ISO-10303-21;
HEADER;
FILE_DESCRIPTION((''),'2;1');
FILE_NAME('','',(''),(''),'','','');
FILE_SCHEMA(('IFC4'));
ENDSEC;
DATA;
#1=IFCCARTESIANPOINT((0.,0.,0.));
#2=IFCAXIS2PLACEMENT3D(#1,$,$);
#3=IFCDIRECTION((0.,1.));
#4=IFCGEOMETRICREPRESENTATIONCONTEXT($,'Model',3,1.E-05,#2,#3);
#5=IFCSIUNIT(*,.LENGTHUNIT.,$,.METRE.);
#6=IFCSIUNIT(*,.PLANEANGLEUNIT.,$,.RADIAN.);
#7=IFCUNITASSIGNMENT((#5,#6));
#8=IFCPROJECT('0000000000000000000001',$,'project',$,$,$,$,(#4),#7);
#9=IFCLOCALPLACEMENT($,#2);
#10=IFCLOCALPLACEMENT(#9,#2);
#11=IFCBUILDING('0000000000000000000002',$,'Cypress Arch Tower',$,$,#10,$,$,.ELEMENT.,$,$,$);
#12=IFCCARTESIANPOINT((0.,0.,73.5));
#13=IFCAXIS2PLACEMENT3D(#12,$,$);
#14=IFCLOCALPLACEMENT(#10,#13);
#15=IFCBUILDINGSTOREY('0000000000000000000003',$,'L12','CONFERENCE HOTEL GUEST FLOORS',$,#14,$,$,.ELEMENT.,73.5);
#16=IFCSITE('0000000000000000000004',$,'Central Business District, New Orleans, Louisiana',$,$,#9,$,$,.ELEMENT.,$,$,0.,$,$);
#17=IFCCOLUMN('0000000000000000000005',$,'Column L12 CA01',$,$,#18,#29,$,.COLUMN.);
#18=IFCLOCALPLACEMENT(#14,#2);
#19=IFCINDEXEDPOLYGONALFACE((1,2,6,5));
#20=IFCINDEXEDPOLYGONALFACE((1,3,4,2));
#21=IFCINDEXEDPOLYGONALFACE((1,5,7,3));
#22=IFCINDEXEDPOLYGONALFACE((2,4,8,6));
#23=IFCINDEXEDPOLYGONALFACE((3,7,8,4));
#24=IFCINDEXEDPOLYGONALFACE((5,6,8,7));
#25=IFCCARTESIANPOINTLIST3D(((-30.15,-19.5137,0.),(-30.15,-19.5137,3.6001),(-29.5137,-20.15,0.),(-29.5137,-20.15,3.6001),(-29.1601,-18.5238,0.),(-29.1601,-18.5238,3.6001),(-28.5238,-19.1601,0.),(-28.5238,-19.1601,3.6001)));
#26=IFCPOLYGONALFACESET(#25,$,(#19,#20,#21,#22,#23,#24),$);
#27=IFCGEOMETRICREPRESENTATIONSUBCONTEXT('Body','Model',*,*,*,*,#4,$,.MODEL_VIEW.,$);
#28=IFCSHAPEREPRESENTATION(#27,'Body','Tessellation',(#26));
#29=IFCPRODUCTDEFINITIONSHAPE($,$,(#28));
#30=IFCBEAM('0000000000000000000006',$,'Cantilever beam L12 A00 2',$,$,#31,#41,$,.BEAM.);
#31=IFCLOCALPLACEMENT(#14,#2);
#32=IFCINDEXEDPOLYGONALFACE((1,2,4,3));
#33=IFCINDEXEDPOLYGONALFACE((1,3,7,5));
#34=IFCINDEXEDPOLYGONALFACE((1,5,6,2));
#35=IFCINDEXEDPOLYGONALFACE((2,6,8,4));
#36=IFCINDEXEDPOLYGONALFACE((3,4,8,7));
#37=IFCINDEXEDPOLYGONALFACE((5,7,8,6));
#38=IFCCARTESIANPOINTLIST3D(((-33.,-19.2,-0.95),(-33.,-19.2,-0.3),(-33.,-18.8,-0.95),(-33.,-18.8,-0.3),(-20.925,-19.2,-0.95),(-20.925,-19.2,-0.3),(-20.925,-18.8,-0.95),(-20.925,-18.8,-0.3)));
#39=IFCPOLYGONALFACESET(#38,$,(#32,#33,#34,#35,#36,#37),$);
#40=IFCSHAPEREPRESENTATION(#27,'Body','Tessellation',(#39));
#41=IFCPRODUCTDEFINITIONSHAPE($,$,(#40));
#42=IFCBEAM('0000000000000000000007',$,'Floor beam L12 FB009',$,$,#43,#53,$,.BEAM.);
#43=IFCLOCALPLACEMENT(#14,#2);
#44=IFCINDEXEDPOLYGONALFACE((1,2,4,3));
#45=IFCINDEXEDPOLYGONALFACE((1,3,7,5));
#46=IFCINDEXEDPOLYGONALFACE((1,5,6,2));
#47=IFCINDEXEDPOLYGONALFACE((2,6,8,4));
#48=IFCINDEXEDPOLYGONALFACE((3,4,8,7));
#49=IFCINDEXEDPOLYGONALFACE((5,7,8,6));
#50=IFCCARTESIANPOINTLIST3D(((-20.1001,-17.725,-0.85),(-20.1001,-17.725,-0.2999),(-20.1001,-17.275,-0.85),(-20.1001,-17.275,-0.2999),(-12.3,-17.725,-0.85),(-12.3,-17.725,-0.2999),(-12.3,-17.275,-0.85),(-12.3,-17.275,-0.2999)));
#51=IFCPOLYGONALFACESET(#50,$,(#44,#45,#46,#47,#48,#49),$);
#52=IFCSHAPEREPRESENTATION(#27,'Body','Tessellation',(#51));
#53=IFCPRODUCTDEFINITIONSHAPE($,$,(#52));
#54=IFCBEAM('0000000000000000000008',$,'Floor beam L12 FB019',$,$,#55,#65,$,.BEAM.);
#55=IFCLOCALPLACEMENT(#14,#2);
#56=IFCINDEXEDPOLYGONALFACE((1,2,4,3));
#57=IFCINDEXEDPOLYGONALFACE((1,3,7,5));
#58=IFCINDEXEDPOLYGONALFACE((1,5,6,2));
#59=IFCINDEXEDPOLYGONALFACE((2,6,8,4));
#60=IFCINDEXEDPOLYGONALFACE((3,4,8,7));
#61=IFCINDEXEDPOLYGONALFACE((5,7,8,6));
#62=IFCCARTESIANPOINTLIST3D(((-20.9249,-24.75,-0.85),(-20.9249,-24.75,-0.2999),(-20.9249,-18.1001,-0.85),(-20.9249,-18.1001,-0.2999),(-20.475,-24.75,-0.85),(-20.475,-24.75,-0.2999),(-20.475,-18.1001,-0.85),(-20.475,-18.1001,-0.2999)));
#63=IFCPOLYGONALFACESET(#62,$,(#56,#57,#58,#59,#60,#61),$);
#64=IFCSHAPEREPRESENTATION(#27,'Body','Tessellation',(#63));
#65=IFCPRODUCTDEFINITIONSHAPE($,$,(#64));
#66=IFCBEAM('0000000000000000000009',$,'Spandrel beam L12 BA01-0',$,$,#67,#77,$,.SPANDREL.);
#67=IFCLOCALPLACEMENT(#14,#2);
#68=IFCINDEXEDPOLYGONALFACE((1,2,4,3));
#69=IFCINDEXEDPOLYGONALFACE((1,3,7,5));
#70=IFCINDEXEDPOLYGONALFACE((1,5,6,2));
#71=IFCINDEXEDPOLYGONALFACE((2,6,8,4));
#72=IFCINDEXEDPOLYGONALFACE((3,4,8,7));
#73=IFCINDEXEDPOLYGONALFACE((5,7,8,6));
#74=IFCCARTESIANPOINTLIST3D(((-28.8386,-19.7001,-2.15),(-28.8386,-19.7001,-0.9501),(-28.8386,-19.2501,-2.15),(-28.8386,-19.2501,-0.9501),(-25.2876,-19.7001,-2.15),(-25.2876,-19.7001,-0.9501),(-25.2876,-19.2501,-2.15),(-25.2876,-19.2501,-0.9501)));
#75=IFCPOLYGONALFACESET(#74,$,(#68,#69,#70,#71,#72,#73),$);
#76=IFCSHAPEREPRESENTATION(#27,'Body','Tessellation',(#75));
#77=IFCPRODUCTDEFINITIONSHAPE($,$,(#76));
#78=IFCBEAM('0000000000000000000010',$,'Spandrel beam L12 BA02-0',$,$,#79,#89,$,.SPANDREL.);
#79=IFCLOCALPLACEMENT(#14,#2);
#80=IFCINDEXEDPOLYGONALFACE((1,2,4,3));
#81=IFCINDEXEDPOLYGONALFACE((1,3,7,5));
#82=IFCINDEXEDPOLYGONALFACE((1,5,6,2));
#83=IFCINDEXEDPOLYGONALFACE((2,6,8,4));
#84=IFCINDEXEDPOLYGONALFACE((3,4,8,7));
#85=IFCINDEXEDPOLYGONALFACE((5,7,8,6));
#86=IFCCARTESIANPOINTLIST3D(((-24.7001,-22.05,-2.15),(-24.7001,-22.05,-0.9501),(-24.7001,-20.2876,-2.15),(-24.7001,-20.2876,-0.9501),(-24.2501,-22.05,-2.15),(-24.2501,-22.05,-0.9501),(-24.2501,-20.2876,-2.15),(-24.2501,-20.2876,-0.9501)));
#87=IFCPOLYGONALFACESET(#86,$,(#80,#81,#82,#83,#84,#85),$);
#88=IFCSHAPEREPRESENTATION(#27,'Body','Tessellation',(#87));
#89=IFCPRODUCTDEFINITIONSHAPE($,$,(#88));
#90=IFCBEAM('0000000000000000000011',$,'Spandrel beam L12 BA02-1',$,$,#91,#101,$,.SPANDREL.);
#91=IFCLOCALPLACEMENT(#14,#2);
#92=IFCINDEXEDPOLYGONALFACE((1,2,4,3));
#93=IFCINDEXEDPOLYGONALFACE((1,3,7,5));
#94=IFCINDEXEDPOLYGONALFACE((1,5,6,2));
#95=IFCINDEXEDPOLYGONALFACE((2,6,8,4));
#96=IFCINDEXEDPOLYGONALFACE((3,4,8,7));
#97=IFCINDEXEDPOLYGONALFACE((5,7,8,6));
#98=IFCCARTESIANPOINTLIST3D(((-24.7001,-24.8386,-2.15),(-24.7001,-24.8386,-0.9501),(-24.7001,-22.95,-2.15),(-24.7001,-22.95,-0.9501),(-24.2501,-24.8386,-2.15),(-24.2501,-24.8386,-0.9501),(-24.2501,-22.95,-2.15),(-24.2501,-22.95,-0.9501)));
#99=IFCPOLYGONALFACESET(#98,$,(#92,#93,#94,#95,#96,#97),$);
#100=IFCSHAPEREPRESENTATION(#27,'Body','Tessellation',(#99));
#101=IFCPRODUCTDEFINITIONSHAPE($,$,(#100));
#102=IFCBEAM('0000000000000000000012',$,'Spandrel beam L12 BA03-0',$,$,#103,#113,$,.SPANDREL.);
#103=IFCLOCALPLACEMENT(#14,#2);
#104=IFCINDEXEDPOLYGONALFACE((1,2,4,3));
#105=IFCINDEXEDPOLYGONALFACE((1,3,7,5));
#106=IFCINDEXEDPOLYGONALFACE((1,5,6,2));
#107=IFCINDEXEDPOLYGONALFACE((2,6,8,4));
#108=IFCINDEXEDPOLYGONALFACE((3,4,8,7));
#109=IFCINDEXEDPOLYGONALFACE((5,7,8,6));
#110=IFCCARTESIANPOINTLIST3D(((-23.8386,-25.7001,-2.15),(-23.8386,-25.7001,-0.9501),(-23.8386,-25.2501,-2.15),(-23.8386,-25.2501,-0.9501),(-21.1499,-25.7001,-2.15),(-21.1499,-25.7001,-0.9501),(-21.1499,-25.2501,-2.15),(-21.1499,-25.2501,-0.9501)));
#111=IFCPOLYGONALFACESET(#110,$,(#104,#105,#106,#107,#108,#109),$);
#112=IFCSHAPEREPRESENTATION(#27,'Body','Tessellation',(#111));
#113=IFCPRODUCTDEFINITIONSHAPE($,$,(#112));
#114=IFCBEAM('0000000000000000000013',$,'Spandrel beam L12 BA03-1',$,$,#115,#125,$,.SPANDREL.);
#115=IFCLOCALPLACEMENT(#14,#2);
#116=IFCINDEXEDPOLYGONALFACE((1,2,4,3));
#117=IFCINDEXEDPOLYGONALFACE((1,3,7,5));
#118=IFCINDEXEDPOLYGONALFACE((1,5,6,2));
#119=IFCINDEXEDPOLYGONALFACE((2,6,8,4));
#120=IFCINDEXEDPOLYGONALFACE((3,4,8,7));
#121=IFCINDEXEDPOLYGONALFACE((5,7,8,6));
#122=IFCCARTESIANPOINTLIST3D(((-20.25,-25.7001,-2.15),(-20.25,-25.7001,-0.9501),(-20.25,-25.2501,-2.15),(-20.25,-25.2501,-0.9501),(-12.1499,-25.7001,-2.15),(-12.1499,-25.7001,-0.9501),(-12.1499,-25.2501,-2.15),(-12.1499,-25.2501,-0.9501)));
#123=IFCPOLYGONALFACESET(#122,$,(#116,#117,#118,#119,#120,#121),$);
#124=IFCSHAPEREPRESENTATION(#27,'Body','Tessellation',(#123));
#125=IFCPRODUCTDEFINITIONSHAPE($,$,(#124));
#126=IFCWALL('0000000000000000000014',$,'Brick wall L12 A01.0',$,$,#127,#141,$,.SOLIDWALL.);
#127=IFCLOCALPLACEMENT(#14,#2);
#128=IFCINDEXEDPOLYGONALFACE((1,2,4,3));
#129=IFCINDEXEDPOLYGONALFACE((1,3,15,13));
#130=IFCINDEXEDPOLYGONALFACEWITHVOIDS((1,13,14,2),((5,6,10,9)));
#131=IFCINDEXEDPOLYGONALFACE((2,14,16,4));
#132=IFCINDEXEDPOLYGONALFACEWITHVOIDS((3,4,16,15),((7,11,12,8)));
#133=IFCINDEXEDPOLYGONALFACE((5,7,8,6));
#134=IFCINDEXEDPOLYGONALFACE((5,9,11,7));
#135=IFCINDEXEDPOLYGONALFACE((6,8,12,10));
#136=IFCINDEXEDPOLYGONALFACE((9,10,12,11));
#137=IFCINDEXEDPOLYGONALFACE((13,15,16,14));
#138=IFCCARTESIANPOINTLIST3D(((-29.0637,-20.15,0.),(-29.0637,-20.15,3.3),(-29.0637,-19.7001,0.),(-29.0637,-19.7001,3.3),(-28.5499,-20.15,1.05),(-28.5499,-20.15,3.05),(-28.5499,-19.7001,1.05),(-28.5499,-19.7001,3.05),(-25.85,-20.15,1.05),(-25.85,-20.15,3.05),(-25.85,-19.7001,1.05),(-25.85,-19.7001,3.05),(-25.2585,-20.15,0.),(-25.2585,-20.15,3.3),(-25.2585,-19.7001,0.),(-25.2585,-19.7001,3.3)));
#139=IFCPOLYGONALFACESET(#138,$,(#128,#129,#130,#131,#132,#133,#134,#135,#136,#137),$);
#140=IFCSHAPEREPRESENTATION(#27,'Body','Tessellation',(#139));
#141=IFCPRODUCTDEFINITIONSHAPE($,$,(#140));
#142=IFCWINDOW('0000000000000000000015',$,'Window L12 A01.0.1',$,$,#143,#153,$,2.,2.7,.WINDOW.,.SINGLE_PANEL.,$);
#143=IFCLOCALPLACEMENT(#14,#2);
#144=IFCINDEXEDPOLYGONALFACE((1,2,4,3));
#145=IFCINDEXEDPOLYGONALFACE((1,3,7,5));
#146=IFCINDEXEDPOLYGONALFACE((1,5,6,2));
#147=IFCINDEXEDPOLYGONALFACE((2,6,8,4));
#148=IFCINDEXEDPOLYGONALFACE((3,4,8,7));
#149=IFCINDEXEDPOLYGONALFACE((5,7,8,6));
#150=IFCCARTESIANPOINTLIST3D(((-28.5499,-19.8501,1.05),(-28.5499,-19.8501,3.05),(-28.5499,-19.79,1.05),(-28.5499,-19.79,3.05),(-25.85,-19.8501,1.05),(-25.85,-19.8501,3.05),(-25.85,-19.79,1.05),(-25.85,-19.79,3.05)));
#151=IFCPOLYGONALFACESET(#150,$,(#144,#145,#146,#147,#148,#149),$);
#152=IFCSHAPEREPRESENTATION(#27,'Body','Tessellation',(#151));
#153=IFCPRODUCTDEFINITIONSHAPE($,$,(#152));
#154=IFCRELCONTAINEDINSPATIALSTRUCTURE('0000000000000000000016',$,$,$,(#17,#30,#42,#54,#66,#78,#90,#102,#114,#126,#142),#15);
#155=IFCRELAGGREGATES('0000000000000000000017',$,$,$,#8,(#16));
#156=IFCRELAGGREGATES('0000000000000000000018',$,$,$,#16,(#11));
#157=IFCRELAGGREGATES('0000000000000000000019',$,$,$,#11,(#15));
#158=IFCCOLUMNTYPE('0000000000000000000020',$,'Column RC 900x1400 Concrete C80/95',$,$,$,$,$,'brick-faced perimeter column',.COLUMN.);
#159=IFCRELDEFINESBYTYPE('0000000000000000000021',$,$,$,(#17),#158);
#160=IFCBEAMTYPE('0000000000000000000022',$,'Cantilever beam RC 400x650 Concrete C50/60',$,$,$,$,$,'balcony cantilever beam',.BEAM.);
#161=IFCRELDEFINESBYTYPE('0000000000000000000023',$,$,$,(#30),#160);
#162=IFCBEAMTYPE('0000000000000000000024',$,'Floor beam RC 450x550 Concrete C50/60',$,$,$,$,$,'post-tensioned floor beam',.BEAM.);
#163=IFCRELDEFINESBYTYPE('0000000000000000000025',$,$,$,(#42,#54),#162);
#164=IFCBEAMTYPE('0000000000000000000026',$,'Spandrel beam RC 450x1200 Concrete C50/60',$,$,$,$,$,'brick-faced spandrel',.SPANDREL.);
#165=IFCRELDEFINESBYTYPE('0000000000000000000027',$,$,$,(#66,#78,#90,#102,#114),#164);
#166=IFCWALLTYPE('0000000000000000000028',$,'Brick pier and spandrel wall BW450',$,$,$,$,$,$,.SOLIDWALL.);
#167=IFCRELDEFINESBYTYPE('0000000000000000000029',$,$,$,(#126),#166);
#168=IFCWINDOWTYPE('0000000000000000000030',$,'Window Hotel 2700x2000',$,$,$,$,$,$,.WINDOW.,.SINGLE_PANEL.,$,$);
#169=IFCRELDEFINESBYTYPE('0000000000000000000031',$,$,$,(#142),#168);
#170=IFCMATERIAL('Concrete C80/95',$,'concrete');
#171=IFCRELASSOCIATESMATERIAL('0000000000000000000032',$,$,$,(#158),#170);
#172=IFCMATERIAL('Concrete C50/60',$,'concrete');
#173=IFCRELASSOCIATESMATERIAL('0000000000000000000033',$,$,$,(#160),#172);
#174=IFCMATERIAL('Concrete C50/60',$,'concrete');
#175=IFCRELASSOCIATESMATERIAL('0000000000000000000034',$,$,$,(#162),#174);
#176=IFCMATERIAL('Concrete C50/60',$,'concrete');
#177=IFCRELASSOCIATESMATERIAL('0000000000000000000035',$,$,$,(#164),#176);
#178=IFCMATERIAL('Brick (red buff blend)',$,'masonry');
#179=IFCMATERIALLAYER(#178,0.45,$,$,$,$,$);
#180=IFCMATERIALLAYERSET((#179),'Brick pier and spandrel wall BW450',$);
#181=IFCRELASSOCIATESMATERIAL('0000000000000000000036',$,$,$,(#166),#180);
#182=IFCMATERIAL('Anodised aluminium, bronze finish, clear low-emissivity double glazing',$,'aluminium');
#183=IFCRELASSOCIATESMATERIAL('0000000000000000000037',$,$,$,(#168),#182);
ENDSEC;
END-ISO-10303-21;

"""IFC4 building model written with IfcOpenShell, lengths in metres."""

from ifc_helpers import new_model, si_unit, direction, frame, frame_2d, origin, origin_2d, place, context, subcontext, project, spatial, rectangle, extrude, material, layer, layer_set, material_profile, profile_set, type_object, element, fill, save


model = new_model("IFC4")

# Units and contexts
model_context = context("Model", 3, precision=1e-05, world=origin(), true_north=direction((0.0, 1.0)))
body_context = subcontext(model_context, "Body", "Model", "MODEL_VIEW")
ifc_project = project(units=[si_unit("LENGTHUNIT", "METRE"), si_unit("PLANEANGLEUNIT", "RADIAN")], contexts=[model_context])

# Site, building, storey
site_placement = place(None, origin())
site = spatial("IfcSite", under=ifc_project, at=site_placement, Name="Central Business District, New Orleans, Louisiana", CompositionType="ELEMENT", RefElevation=0.0)
building_placement = place(site_placement, origin())
building = spatial("IfcBuilding", under=site, at=building_placement, Name="Cypress Arch Tower", CompositionType="ELEMENT")
storey_placement = place(building_placement, frame((0.0, 0.0, 73.5)))
storey = spatial("IfcBuildingStorey", under=building, at=storey_placement, Name="L12", Description="CONFERENCE HOTEL GUEST FLOORS", CompositionType="ELEMENT", Elevation=73.5)

# Column
ifc_material_1 = material(Name="Concrete C80/95", Category="concrete")
ifc_material_profile_1 = material_profile(ifc_material_1, rectangle(XDim=0.8999, YDim=1.3999, at=origin_2d()), Name="RC 900x1400")
ifc_profile_set_1 = profile_set([ifc_material_profile_1], Name="Concrete C80/95")
column_type = type_object("IfcColumnType", Name="Column RC 900x1400 Concrete C80/95", ElementType="brick-faced perimeter column", PredefinedType="COLUMN", material=ifc_profile_set_1)
column_placement = place(storey_placement, frame((-29.3369, -19.3369, 0.0), z_axis=(0.0, 0.0, 1.0), x_axis=(0.707107, -0.707107, 0.0)))
element("IfcColumn", 1, at=column_placement, inside=storey, type_object=column_type, Name="Column L12 CA01", PredefinedType="COLUMN", context=body_context, shape_type="SweptSolid", body=[
    extrude(rectangle(XDim=0.8999, YDim=1.3999, at=origin_2d()), origin(), (0.0, 0.0, 1.0), 3.6001),
])

# Beams
ifc_material_2 = material(Name="Concrete C50/60", Category="concrete")
ifc_material_profile_2 = material_profile(ifc_material_2, rectangle(XDim=0.3999, YDim=0.6499, at=origin_2d()), Name="RC 400x650")
ifc_profile_set_2 = profile_set([ifc_material_profile_2], Name="Concrete C50/60")
beam_type_1 = type_object("IfcBeamType", Name="Cantilever beam RC 400x650 Concrete C50/60", ElementType="balcony cantilever beam", PredefinedType="BEAM", material=ifc_profile_set_2)
beam_1_placement = place(storey_placement, frame((-20.925, -19.0, -0.625), z_axis=(-1.0, 0.0, 0.0), x_axis=(0.0, -1.0, 0.0)))
element("IfcBeam", 2, at=beam_1_placement, inside=storey, type_object=beam_type_1, Name="Cantilever beam L12 A00 2", PredefinedType="BEAM", context=body_context, shape_type="SweptSolid", body=[
    extrude(rectangle(XDim=0.3999, YDim=0.6499, at=origin_2d()), origin(), (0.0, 0.0, 1.0), 12.075),
])
ifc_material_3 = material(Name="Concrete C50/60", Category="concrete")
ifc_material_profile_3 = material_profile(ifc_material_3, rectangle(XDim=0.45, YDim=0.55, at=origin_2d()), Name="RC 450x550")
ifc_profile_set_3 = profile_set([ifc_material_profile_3], Name="Concrete C50/60")
beam_type_2 = type_object("IfcBeamType", Name="Floor beam RC 450x550 Concrete C50/60", ElementType="post-tensioned floor beam", PredefinedType="BEAM", material=ifc_profile_set_3)
beam_2_placement = place(storey_placement, frame((-20.1001, -17.5, -0.575), z_axis=(1.0, 0.0, 0.0), x_axis=(0.0, 1.0, 0.0)))
element("IfcBeam", 3, at=beam_2_placement, inside=storey, type_object=beam_type_2, Name="Floor beam L12 FB009", PredefinedType="BEAM", context=body_context, shape_type="SweptSolid", body=[
    extrude(rectangle(XDim=0.45, YDim=0.55, at=origin_2d()), origin(), (0.0, 0.0, 1.0), 7.8),
])
beam_3_placement = place(storey_placement, frame((-20.7, -24.75, -0.575), z_axis=(0.0, 1.0, 0.0), x_axis=(-1.0, 0.0, 0.0)))
element("IfcBeam", 4, at=beam_3_placement, inside=storey, type_object=beam_type_2, Name="Floor beam L12 FB019", PredefinedType="BEAM", context=body_context, shape_type="SweptSolid", body=[
    extrude(rectangle(XDim=0.45, YDim=0.55, at=origin_2d()), origin(), (0.0, 0.0, 1.0), 6.6499),
])
ifc_material_4 = material(Name="Concrete C50/60", Category="concrete")
ifc_material_profile_4 = material_profile(ifc_material_4, rectangle(XDim=0.45, YDim=1.2, at=origin_2d()), Name="RC 450x1200")
ifc_profile_set_4 = profile_set([ifc_material_profile_4], Name="Concrete C50/60")
beam_type_3 = type_object("IfcBeamType", Name="Spandrel beam RC 450x1200 Concrete C50/60", ElementType="brick-faced spandrel", PredefinedType="SPANDREL", material=ifc_profile_set_4)
beam_4_placement = place(storey_placement, frame((-28.8386, -19.4751, -1.55), z_axis=(1.0, 0.0, 0.0), x_axis=(0.0, 1.0, 0.0)))
element("IfcBeam", 5, at=beam_4_placement, inside=storey, type_object=beam_type_3, Name="Spandrel beam L12 BA01-0", PredefinedType="SPANDREL", context=body_context, shape_type="SweptSolid", body=[
    extrude(rectangle(XDim=0.45, YDim=1.2, at=origin_2d()), origin(), (0.0, 0.0, 1.0), 3.551),
])
beam_5_placement = place(storey_placement, frame((-24.4751, -20.2876, -1.55), z_axis=(0.0, -1.0, 0.0), x_axis=(1.0, 0.0, 0.0)))
element("IfcBeam", 6, at=beam_5_placement, inside=storey, type_object=beam_type_3, Name="Spandrel beam L12 BA02-0", PredefinedType="SPANDREL", context=body_context, shape_type="SweptSolid", body=[
    extrude(rectangle(XDim=0.45, YDim=1.2, at=origin_2d()), origin(), (0.0, 0.0, 1.0), 1.7625),
])
beam_6_placement = place(storey_placement, frame((-24.4751, -22.95, -1.55), z_axis=(0.0, -1.0, 0.0), x_axis=(1.0, 0.0, 0.0)))
element("IfcBeam", 7, at=beam_6_placement, inside=storey, type_object=beam_type_3, Name="Spandrel beam L12 BA02-1", PredefinedType="SPANDREL", context=body_context, shape_type="SweptSolid", body=[
    extrude(rectangle(XDim=0.45, YDim=1.2, at=origin_2d()), origin(), (0.0, 0.0, 1.0), 1.8887),
])
beam_7_placement = place(storey_placement, frame((-23.8386, -25.4751, -1.55), z_axis=(1.0, 0.0, 0.0), x_axis=(0.0, 1.0, 0.0)))
element("IfcBeam", 8, at=beam_7_placement, inside=storey, type_object=beam_type_3, Name="Spandrel beam L12 BA03-0", PredefinedType="SPANDREL", context=body_context, shape_type="SweptSolid", body=[
    extrude(rectangle(XDim=0.45, YDim=1.2, at=origin_2d()), origin(), (0.0, 0.0, 1.0), 2.6887),
])
beam_8_placement = place(storey_placement, frame((-20.25, -25.4751, -1.55), z_axis=(1.0, 0.0, 0.0), x_axis=(0.0, 1.0, 0.0)))
element("IfcBeam", 9, at=beam_8_placement, inside=storey, type_object=beam_type_3, Name="Spandrel beam L12 BA03-1", PredefinedType="SPANDREL", context=body_context, shape_type="SweptSolid", body=[
    extrude(rectangle(XDim=0.45, YDim=1.2, at=origin_2d()), origin(), (0.0, 0.0, 1.0), 8.1001),
])

# Wall, opening, window
ifc_material_5 = material(Name="Brick (red buff blend)", Category="masonry")
ifc_layer = layer(ifc_material_5, 0.45)
ifc_layer_set = layer_set([ifc_layer], Name="Brick pier and spandrel wall BW450")
wall_type = type_object("IfcWallType", Name="Brick pier and spandrel wall BW450", PredefinedType="SOLIDWALL", material=ifc_layer_set)
wall_placement = place(storey_placement, frame((-29.0637, -19.925, 0.0), z_axis=(0.0, 0.0, 1.0), x_axis=(1.0, 0.0, 0.0)))
wall = element("IfcWall", 10, at=wall_placement, inside=storey, type_object=wall_type, Name="Brick wall L12 A01.0", PredefinedType="SOLIDWALL", context=body_context, shape_type="SweptSolid", body=[
    extrude(rectangle(XDim=3.8052, YDim=0.45, at=frame_2d((1.9026, 0.0))), origin(), (0.0, 0.0, 1.0), 3.3),
])
opening_placement = place(wall_placement, frame((0.5137, 0.0, 1.05)))
opening = element("IfcOpeningElement", 11, at=opening_placement, cuts=wall, PredefinedType="OPENING", context=body_context, shape_type="SweptSolid", body=[
    extrude(rectangle(XDim=2.7, YDim=2.0, at=frame_2d((1.3501, 1.0))), frame((0.0, 0.2349, 0.0), z_axis=(0.0, -1.0, 0.0), x_axis=(1.0, 0.0, 0.0)), (0.0, 0.0, 1.0), 0.47),
])
ifc_material_6 = material(Name="Anodised aluminium, bronze finish, clear low-emissivity double glazing", Category="aluminium")
window_type = type_object("IfcWindowType", Name="Window Hotel 2700x2000", PartitioningType="SINGLE_PANEL", PredefinedType="WINDOW", material=ifc_material_6)
window_placement = place(opening_placement, origin())
window = element("IfcWindow", 12, at=window_placement, inside=storey, type_object=window_type, Name="Window L12 A01.0.1", OverallHeight=2.0, OverallWidth=2.7, PartitioningType="SINGLE_PANEL", PredefinedType="WINDOW", context=body_context, shape_type="SweptSolid", body=[
    extrude(rectangle(XDim=2.7, YDim=2.0, at=frame_2d((1.3501, 1.0))), frame((0.0, 0.135, 0.0), z_axis=(0.0, -1.0, 0.0), x_axis=(1.0, 0.0, 0.0)), (0.0, 0.0, 1.0), 0.0601),
])
fill(opening, window)

save(model, "model.ifc")
